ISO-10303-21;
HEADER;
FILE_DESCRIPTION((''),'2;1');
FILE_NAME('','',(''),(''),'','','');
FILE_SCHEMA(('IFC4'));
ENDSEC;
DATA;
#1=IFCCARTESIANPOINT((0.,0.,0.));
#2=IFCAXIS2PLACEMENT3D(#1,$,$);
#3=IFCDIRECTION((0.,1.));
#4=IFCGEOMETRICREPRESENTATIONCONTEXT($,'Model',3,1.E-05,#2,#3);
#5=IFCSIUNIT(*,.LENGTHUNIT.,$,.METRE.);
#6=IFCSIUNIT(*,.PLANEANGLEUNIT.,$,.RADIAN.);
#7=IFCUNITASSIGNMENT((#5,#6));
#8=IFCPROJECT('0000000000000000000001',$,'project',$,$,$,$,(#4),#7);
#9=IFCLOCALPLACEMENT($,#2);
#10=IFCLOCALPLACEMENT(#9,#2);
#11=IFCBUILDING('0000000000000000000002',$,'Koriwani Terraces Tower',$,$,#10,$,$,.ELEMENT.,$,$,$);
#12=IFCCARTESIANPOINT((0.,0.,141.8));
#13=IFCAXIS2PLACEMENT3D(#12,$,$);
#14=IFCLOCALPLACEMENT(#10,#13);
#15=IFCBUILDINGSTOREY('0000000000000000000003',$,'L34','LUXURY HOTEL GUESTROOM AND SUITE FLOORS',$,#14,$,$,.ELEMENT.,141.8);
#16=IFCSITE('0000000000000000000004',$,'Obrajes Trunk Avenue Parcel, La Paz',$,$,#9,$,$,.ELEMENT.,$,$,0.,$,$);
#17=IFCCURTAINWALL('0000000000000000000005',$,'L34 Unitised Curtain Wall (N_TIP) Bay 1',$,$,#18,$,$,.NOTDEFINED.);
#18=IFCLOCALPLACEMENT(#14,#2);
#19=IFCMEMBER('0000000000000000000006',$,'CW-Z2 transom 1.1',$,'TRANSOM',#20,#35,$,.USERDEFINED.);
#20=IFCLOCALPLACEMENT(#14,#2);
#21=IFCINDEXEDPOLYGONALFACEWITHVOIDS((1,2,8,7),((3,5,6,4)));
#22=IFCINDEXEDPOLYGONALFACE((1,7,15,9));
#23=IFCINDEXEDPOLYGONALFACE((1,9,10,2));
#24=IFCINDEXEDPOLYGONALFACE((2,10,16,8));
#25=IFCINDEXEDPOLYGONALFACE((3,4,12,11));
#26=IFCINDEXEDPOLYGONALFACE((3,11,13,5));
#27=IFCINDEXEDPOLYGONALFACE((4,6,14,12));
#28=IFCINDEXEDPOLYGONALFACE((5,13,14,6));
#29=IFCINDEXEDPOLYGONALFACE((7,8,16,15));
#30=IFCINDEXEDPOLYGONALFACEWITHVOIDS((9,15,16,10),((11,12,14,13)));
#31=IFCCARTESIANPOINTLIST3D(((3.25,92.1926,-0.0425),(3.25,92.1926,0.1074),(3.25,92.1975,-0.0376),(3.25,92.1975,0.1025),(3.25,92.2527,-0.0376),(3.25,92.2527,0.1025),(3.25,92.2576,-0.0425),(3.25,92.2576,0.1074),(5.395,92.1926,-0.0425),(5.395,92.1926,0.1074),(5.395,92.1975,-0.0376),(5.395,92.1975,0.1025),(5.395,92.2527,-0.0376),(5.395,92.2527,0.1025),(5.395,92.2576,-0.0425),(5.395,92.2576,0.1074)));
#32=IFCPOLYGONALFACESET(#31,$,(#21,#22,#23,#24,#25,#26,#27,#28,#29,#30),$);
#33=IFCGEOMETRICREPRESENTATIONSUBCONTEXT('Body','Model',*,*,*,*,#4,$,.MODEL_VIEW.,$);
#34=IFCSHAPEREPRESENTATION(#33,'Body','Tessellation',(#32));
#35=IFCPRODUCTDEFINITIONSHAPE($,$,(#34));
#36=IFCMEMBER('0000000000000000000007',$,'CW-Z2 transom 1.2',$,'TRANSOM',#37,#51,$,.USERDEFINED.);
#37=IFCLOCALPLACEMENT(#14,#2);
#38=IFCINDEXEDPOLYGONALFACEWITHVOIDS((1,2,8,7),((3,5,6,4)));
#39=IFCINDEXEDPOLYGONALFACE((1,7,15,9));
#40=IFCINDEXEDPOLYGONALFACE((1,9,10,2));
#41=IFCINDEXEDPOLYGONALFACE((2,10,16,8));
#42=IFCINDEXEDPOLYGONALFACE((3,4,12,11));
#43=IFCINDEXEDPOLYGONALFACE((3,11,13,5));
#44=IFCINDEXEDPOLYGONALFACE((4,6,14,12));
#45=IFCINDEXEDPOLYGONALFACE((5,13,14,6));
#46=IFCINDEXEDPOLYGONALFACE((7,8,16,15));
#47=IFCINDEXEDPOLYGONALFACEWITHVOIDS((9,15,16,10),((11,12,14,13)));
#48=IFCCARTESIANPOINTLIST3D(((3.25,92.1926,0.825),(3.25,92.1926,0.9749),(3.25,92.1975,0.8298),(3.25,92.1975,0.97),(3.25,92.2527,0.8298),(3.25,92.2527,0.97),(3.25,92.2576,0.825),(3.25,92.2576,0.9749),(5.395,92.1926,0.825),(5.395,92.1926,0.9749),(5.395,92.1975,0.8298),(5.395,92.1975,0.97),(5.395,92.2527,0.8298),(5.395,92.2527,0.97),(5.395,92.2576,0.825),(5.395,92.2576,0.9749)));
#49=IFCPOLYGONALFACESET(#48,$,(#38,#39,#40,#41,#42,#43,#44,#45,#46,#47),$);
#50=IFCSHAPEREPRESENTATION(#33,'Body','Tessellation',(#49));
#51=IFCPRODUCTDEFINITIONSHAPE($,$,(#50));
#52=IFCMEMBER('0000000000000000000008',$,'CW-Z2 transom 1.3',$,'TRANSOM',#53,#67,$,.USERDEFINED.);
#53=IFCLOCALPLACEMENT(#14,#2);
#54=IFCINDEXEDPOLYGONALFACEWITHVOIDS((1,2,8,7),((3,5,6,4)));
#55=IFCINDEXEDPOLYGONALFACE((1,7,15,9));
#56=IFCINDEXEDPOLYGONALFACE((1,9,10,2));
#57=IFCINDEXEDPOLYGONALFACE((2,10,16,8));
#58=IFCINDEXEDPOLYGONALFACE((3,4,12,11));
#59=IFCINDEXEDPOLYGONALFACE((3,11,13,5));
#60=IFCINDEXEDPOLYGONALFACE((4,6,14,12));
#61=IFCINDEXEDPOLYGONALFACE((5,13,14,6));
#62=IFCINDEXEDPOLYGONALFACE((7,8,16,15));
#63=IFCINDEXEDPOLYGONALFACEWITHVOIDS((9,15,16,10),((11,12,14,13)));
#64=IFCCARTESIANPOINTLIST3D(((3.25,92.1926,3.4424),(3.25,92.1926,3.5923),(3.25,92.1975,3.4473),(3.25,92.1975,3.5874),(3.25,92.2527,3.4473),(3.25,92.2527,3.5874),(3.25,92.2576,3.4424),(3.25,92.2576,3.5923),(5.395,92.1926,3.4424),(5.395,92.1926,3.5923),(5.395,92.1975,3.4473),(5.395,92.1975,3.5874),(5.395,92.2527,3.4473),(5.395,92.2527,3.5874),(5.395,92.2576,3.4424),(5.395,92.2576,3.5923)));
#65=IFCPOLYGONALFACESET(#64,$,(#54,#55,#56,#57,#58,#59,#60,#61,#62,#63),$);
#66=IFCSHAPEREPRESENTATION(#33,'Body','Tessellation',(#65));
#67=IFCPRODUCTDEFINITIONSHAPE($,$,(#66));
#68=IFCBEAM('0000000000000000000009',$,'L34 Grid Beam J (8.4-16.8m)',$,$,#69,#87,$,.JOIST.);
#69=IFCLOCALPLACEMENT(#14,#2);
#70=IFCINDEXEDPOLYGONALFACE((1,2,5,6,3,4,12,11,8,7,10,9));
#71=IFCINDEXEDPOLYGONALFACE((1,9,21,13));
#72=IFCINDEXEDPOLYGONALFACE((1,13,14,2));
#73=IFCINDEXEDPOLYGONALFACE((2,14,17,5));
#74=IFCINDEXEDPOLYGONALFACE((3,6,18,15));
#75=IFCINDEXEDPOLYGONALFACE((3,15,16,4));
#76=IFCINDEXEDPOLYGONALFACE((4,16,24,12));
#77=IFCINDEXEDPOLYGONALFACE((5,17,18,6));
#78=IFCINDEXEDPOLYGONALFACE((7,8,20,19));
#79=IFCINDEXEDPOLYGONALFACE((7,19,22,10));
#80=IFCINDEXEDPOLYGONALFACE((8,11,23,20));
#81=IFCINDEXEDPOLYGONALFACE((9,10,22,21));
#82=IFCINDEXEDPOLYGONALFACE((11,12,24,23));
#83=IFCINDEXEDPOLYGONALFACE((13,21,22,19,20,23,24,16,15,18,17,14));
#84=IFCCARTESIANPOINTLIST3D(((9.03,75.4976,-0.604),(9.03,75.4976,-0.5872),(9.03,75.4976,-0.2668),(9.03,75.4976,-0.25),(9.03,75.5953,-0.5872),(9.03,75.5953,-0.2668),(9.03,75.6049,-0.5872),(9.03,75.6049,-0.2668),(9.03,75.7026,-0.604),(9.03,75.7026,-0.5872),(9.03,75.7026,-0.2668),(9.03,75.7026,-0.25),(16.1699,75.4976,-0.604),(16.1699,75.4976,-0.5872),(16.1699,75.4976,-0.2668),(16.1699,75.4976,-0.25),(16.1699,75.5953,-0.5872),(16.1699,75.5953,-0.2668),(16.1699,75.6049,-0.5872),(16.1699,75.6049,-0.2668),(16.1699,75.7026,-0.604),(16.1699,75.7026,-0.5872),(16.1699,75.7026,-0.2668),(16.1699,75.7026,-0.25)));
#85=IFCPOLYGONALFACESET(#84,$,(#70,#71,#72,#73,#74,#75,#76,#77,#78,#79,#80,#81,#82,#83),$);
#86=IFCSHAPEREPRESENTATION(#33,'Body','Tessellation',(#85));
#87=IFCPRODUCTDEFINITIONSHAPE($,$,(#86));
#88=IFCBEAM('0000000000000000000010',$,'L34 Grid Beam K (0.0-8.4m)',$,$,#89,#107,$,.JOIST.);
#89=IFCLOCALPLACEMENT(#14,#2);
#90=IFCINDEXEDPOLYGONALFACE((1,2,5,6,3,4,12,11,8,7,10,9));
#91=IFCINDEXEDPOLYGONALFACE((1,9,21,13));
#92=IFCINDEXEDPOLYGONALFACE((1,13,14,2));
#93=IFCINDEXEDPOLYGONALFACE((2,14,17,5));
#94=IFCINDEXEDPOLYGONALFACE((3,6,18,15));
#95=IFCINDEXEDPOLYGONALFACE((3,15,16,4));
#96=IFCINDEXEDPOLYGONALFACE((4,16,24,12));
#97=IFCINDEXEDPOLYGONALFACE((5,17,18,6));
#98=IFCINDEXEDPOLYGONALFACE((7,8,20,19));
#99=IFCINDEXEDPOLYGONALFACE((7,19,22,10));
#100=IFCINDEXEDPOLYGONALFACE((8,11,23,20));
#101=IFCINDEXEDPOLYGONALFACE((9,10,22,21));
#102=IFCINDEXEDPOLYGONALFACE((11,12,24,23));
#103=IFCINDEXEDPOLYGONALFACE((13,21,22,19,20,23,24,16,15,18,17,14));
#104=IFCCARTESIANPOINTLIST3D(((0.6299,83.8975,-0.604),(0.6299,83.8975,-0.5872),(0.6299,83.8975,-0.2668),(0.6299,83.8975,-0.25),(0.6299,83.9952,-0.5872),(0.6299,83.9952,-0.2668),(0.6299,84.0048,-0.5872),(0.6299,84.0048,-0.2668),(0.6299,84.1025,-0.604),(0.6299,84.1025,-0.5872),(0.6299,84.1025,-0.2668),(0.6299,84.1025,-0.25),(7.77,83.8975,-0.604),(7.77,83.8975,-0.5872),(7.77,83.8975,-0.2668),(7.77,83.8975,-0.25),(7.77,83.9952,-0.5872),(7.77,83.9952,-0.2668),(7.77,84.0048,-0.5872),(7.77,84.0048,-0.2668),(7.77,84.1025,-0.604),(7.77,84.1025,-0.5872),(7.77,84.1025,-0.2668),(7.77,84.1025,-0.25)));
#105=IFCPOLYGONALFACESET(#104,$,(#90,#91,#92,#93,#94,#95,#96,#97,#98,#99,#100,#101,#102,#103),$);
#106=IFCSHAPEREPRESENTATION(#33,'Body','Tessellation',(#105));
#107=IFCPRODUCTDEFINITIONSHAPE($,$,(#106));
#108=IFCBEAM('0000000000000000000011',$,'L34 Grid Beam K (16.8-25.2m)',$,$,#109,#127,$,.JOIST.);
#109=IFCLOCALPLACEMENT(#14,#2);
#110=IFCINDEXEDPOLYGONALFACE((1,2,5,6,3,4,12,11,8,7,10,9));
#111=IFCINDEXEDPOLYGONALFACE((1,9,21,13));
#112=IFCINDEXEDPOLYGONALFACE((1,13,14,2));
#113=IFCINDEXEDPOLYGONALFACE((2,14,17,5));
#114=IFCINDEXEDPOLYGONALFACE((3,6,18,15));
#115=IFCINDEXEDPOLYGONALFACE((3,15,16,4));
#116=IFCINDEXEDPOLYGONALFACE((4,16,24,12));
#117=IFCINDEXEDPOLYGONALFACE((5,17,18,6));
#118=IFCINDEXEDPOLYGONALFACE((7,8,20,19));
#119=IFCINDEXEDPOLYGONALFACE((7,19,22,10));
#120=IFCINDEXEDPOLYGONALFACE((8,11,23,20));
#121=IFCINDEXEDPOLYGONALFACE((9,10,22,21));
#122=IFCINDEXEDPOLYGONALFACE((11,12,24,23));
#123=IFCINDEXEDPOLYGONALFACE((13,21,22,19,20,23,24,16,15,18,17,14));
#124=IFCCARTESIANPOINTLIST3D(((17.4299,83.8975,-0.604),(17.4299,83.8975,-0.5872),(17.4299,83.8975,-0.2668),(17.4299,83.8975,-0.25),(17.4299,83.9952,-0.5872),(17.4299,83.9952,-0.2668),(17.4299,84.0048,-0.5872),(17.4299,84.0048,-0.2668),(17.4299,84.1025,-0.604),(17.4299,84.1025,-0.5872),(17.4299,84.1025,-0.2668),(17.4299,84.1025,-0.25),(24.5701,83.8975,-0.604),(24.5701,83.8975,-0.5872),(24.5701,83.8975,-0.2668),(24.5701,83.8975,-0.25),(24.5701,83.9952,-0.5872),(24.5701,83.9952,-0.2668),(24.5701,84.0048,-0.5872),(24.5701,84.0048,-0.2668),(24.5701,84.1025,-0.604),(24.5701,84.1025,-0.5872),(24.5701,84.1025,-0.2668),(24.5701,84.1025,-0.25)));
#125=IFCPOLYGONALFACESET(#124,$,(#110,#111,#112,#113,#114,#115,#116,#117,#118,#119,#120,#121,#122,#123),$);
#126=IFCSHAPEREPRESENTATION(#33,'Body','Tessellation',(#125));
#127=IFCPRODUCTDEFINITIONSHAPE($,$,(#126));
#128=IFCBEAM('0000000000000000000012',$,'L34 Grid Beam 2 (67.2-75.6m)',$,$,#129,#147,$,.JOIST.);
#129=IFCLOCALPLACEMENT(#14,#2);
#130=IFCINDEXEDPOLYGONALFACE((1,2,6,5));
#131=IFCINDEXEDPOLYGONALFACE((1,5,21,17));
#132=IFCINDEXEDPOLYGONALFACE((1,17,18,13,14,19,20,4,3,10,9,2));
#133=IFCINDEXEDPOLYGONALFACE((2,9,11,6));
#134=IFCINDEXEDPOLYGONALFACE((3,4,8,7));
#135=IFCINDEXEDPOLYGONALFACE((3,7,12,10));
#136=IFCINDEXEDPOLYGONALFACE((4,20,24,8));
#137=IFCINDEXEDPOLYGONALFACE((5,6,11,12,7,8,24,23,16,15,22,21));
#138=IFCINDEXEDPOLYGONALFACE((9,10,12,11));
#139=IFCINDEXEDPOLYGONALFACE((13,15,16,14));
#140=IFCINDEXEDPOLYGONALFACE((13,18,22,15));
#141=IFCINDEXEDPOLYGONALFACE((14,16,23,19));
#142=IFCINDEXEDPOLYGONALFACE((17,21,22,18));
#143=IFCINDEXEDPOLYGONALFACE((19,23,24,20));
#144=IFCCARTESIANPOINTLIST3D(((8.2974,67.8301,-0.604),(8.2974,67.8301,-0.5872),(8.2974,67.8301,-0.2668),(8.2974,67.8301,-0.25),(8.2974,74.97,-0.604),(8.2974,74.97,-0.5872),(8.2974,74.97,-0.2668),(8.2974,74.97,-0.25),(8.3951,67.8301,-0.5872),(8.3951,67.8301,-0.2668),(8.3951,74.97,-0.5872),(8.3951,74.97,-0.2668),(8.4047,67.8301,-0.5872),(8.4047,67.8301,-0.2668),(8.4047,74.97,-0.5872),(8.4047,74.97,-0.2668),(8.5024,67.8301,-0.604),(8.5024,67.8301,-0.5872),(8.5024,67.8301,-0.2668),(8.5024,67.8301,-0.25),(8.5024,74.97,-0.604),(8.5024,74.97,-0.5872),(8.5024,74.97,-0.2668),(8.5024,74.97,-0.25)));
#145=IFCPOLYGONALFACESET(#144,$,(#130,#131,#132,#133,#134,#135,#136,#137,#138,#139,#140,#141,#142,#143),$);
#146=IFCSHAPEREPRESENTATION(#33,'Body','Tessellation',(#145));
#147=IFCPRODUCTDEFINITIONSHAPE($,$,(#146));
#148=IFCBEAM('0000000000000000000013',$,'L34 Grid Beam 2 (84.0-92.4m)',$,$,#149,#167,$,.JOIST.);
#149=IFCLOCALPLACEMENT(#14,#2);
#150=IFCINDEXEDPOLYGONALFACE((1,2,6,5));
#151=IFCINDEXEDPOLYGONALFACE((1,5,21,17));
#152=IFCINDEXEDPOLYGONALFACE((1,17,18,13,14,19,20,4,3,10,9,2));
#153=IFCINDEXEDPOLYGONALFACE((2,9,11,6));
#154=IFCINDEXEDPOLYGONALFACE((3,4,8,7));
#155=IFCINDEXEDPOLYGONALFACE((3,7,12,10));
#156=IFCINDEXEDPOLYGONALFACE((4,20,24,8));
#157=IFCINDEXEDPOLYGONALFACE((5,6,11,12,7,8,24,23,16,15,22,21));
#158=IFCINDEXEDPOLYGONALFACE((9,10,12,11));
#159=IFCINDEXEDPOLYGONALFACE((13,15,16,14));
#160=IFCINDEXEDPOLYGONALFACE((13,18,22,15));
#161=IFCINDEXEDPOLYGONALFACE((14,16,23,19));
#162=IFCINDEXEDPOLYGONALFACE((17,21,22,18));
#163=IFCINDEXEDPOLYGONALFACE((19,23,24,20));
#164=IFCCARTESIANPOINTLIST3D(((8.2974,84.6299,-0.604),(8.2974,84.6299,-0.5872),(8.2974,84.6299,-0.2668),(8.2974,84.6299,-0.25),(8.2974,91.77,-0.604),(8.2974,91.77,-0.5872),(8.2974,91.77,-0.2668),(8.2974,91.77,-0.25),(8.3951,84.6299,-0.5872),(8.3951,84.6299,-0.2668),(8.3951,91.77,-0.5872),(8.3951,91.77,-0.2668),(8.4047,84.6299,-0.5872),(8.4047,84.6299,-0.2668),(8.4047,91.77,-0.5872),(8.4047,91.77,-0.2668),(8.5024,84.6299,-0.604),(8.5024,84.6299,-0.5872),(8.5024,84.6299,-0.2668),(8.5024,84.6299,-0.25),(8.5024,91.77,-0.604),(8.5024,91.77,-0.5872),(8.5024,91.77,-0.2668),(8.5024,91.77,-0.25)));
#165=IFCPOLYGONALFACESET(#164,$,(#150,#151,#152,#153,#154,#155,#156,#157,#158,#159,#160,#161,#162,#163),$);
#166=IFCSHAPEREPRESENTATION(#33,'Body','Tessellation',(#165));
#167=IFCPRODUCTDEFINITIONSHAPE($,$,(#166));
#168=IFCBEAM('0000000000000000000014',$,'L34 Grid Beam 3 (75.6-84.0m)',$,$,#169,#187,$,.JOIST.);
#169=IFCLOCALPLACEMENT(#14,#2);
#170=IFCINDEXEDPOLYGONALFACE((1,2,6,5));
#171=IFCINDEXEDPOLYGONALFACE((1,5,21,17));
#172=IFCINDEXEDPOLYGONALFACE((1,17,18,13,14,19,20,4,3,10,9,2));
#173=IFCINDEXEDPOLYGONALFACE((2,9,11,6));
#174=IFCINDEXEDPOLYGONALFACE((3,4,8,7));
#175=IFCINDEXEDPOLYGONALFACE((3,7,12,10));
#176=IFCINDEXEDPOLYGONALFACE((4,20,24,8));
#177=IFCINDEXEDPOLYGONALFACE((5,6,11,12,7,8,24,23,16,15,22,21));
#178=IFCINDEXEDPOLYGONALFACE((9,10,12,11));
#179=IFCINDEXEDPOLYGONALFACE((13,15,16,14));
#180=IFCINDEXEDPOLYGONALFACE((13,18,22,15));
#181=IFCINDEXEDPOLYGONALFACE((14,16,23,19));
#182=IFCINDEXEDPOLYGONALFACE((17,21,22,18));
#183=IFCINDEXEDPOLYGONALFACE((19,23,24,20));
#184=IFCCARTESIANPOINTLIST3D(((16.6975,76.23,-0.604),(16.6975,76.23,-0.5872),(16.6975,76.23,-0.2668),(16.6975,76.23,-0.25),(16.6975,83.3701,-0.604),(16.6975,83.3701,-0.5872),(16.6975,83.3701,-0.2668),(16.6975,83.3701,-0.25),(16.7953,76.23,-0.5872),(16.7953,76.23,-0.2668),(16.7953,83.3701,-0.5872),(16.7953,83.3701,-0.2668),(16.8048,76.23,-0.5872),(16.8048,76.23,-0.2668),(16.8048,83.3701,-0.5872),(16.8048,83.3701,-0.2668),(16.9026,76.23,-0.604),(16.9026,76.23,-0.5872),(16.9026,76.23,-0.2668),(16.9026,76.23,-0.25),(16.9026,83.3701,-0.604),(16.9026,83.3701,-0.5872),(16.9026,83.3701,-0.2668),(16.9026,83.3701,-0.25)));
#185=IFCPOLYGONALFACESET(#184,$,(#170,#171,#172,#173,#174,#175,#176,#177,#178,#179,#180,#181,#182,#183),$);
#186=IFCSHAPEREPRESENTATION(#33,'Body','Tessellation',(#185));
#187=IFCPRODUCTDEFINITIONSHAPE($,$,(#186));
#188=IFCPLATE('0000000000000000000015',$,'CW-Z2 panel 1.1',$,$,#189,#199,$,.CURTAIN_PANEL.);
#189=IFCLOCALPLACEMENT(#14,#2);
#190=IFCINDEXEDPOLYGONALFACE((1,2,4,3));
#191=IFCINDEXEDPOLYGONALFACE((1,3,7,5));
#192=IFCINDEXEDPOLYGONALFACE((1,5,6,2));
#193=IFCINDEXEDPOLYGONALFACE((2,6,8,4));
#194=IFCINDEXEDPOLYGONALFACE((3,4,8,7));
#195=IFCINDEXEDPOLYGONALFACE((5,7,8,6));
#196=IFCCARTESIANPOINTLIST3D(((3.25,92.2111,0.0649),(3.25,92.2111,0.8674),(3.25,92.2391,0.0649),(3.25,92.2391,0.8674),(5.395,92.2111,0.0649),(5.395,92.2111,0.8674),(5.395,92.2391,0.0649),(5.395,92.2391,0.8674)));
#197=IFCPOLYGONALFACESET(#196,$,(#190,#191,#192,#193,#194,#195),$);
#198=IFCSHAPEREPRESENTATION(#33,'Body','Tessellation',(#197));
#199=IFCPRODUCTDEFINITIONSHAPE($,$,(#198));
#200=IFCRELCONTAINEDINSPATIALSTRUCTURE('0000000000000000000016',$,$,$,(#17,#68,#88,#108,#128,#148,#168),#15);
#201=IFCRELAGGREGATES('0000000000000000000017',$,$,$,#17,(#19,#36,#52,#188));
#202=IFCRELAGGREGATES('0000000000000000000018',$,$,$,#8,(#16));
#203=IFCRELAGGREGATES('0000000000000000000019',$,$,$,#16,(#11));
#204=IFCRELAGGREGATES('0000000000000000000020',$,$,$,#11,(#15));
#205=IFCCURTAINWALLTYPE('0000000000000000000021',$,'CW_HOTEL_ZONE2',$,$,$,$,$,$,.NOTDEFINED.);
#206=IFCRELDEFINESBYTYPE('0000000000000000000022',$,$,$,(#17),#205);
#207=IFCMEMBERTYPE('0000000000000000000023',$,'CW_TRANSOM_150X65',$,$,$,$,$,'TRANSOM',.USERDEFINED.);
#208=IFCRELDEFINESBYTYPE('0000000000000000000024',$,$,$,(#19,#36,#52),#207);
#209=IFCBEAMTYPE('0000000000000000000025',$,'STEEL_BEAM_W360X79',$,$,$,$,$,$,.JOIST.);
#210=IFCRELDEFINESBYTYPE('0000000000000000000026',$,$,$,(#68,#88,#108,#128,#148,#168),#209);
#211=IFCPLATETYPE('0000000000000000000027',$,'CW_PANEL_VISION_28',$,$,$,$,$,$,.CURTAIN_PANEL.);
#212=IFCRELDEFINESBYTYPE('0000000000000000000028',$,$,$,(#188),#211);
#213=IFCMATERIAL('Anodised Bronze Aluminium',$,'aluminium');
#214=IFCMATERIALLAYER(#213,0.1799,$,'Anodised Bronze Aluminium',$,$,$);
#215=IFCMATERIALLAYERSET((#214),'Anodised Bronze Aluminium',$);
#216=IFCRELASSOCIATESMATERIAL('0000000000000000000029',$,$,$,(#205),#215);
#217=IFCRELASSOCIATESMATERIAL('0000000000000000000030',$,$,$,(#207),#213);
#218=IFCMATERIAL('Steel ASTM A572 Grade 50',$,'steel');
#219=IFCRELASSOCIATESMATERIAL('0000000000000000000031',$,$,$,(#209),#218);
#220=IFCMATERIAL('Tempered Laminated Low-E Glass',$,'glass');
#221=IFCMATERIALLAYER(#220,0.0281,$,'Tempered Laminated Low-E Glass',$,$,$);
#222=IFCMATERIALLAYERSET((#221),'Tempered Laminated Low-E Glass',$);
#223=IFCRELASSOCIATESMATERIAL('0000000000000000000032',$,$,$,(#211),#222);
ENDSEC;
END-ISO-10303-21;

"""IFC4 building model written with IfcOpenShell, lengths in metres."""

from ifc_helpers import new_model, si_unit, direction, frame, origin, origin_2d, place, context, subcontext, project, spatial, rectangle, hollow_rectangle, i_section, extrude, material, layer, layer_set, material_profile, profile_set, type_object, element, aggregate, save


model = new_model("IFC4")

# Units and contexts
model_context = context("Model", 3, precision=1e-05, world=origin(), true_north=direction((0.0, 1.0)))
body_context = subcontext(model_context, "Body", "Model", "MODEL_VIEW")
ifc_project = project(units=[si_unit("LENGTHUNIT", "METRE"), si_unit("PLANEANGLEUNIT", "RADIAN")], contexts=[model_context])

# Site, building, storey
site_placement = place(None, origin())
site = spatial("IfcSite", under=ifc_project, at=site_placement, Name="Obrajes Trunk Avenue Parcel, La Paz", CompositionType="ELEMENT", RefElevation=0.0)
building_placement = place(site_placement, origin())
building = spatial("IfcBuilding", under=site, at=building_placement, Name="Koriwani Terraces Tower", CompositionType="ELEMENT")
storey_placement = place(building_placement, frame((0.0, 0.0, 141.8)))
storey = spatial("IfcBuildingStorey", under=building, at=storey_placement, Name="L34", Description="LUXURY HOTEL GUESTROOM AND SUITE FLOORS", CompositionType="ELEMENT", Elevation=141.8)

# Curtain wall, members
ifc_material_1 = material(Name="Anodised Bronze Aluminium", Category="aluminium")
ifc_layer_1 = layer(ifc_material_1, 0.1799, Name="Anodised Bronze Aluminium")
ifc_layer_set_1 = layer_set([ifc_layer_1], Name="Anodised Bronze Aluminium")
curtain_wall_type = type_object("IfcCurtainWallType", Name="CW_HOTEL_ZONE2", PredefinedType="NOTDEFINED", material=ifc_layer_set_1)
curtain_wall_placement = place(storey_placement, origin())
curtain_wall = element("IfcCurtainWall", 1, at=curtain_wall_placement, inside=storey, type_object=curtain_wall_type, Name="L34 Unitised Curtain Wall (N_TIP) Bay 1", PredefinedType="NOTDEFINED")
ifc_material_profile_1 = material_profile(ifc_material_1, hollow_rectangle(XDim=0.0649, YDim=0.1499, WallThickness=0.0049, at=origin_2d()), Name="Anodised Bronze Aluminium", Category="LoadBearing")
ifc_profile_set_1 = profile_set([ifc_material_profile_1], Name="Anodised Bronze Aluminium")
member_type_1 = type_object("IfcMemberType", Name="CW_TRANSOM_150X65", ElementType="TRANSOM", PredefinedType="USERDEFINED", material=ifc_profile_set_1)
member_1_placement = place(storey_placement, frame((3.25, 92.2251, 0.0325), z_axis=(1.0, 0.0, 0.0), x_axis=(0.0, 1.0, 0.0)))
member_1 = element("IfcMember", 2, at=member_1_placement, type_object=member_type_1, Name="CW-Z2 transom 1.1", ObjectType="TRANSOM", PredefinedType="USERDEFINED", context=body_context, shape_type="SweptSolid", body=[
    extrude(hollow_rectangle(XDim=0.0649, YDim=0.1499, WallThickness=0.0049, at=origin_2d()), origin(), (0.0, 0.0, 1.0), 2.145),
])
member_2_placement = place(storey_placement, frame((3.25, 92.2251, 0.8999), z_axis=(1.0, 0.0, 0.0), x_axis=(0.0, 1.0, 0.0)))
member_2 = element("IfcMember", 3, at=member_2_placement, type_object=member_type_1, Name="CW-Z2 transom 1.2", ObjectType="TRANSOM", PredefinedType="USERDEFINED", context=body_context, shape_type="SweptSolid", body=[
    extrude(hollow_rectangle(XDim=0.0649, YDim=0.1499, WallThickness=0.0049, at=origin_2d()), origin(), (0.0, 0.0, 1.0), 2.145),
])
member_3_placement = place(storey_placement, frame((3.25, 92.2251, 3.5173), z_axis=(1.0, 0.0, 0.0), x_axis=(0.0, 1.0, 0.0)))
member_3 = element("IfcMember", 4, at=member_3_placement, type_object=member_type_1, Name="CW-Z2 transom 1.3", ObjectType="TRANSOM", PredefinedType="USERDEFINED", context=body_context, shape_type="SweptSolid", body=[
    extrude(hollow_rectangle(XDim=0.0649, YDim=0.1499, WallThickness=0.0049, at=origin_2d()), origin(), (0.0, 0.0, 1.0), 2.145),
])

# Beams
ifc_material_2 = material(Name="Steel ASTM A572 Grade 50", Category="steel")
ifc_material_profile_2 = material_profile(ifc_material_2, i_section(OverallWidth=0.2051, OverallDepth=0.354, WebThickness=0.0095, FlangeThickness=0.0168, at=origin_2d()), Name="Steel ASTM A572 Grade 50", Category="LoadBearing")
ifc_profile_set_2 = profile_set([ifc_material_profile_2], Name="Steel ASTM A572 Grade 50")
beam_type_1 = type_object("IfcBeamType", Name="STEEL_BEAM_W360X79", PredefinedType="JOIST", material=ifc_profile_set_2)
beam_1_placement = place(storey_placement, frame((9.03, 75.6001, -0.427), z_axis=(1.0, 0.0, 0.0), x_axis=(0.0, 1.0, 0.0)))
element("IfcBeam", 5, at=beam_1_placement, inside=storey, type_object=beam_type_1, Name="L34 Grid Beam J (8.4-16.8m)", PredefinedType="JOIST", context=body_context, shape_type="SweptSolid", body=[
    extrude(i_section(OverallWidth=0.2051, OverallDepth=0.354, WebThickness=0.0095, FlangeThickness=0.0168, at=origin_2d()), origin(), (0.0, 0.0, 1.0), 7.1399),
])
for number, where, z_axis, x_axis, name in (
    (6, (0.6299, 84.0, -0.427), (1.0, 0.0, 0.0), (0.0, 1.0, 0.0), "L34 Grid Beam K (0.0-8.4m)"),
    (7, (17.4299, 84.0, -0.427), (1.0, 0.0, 0.0), (0.0, 1.0, 0.0), "L34 Grid Beam K (16.8-25.2m)"),
):
    element("IfcBeam", number, at=place(storey_placement, frame(where, z_axis=z_axis, x_axis=x_axis)), inside=storey, type_object=beam_type_1, Name=name, PredefinedType="JOIST", context=body_context, shape_type="SweptSolid", body=[
        extrude(i_section(OverallWidth=0.2051, OverallDepth=0.354, WebThickness=0.0095, FlangeThickness=0.0168, at=origin_2d()), origin(), (0.0, 0.0, 1.0), 7.1401),
    ])
beam_2_placement = place(storey_placement, frame((8.3999, 67.8301, -0.427), z_axis=(0.0, 1.0, 0.0), x_axis=(-1.0, 0.0, 0.0)))
element("IfcBeam", 8, at=beam_2_placement, inside=storey, type_object=beam_type_1, Name="L34 Grid Beam 2 (67.2-75.6m)", PredefinedType="JOIST", context=body_context, shape_type="SweptSolid", body=[
    extrude(i_section(OverallWidth=0.2051, OverallDepth=0.354, WebThickness=0.0095, FlangeThickness=0.0168, at=origin_2d()), origin(), (0.0, 0.0, 1.0), 7.1399),
])
for number, where, z_axis, x_axis, name in (
    (9, (8.3999, 84.6299, -0.427), (0.0, 1.0, 0.0), (-1.0, 0.0, 0.0), "L34 Grid Beam 2 (84.0-92.4m)"),
    (10, (16.8, 76.23, -0.427), (0.0, 1.0, 0.0), (-1.0, 0.0, 0.0), "L34 Grid Beam 3 (75.6-84.0m)"),
):
    element("IfcBeam", number, at=place(storey_placement, frame(where, z_axis=z_axis, x_axis=x_axis)), inside=storey, type_object=beam_type_1, Name=name, PredefinedType="JOIST", context=body_context, shape_type="SweptSolid", body=[
        extrude(i_section(OverallWidth=0.2051, OverallDepth=0.354, WebThickness=0.0095, FlangeThickness=0.0168, at=origin_2d()), origin(), (0.0, 0.0, 1.0), 7.1401),
    ])

# Plate
ifc_material_3 = material(Name="Tempered Laminated Low-E Glass", Category="glass")
ifc_layer_2 = layer(ifc_material_3, 0.0281, Name="Tempered Laminated Low-E Glass")
ifc_layer_set_2 = layer_set([ifc_layer_2], Name="Tempered Laminated Low-E Glass")
plate_type = type_object("IfcPlateType", Name="CW_PANEL_VISION_28", PredefinedType="CURTAIN_PANEL", material=ifc_layer_set_2)
plate_placement = place(storey_placement, frame((4.3225, 92.2251, 0.0649), z_axis=(0.0, 0.0, 1.0), x_axis=(1.0, 0.0, 0.0)))
plate = element("IfcPlate", 11, at=plate_placement, type_object=plate_type, Name="CW-Z2 panel 1.1", PredefinedType="CURTAIN_PANEL", context=body_context, shape_type="SweptSolid", body=[
    extrude(rectangle(XDim=2.145, YDim=0.0281, at=origin_2d()), origin(), (0.0, 0.0, 1.0), 0.8025),
])
aggregate(curtain_wall, [member_1, member_2, member_3, plate])

save(model, "model.ifc")
